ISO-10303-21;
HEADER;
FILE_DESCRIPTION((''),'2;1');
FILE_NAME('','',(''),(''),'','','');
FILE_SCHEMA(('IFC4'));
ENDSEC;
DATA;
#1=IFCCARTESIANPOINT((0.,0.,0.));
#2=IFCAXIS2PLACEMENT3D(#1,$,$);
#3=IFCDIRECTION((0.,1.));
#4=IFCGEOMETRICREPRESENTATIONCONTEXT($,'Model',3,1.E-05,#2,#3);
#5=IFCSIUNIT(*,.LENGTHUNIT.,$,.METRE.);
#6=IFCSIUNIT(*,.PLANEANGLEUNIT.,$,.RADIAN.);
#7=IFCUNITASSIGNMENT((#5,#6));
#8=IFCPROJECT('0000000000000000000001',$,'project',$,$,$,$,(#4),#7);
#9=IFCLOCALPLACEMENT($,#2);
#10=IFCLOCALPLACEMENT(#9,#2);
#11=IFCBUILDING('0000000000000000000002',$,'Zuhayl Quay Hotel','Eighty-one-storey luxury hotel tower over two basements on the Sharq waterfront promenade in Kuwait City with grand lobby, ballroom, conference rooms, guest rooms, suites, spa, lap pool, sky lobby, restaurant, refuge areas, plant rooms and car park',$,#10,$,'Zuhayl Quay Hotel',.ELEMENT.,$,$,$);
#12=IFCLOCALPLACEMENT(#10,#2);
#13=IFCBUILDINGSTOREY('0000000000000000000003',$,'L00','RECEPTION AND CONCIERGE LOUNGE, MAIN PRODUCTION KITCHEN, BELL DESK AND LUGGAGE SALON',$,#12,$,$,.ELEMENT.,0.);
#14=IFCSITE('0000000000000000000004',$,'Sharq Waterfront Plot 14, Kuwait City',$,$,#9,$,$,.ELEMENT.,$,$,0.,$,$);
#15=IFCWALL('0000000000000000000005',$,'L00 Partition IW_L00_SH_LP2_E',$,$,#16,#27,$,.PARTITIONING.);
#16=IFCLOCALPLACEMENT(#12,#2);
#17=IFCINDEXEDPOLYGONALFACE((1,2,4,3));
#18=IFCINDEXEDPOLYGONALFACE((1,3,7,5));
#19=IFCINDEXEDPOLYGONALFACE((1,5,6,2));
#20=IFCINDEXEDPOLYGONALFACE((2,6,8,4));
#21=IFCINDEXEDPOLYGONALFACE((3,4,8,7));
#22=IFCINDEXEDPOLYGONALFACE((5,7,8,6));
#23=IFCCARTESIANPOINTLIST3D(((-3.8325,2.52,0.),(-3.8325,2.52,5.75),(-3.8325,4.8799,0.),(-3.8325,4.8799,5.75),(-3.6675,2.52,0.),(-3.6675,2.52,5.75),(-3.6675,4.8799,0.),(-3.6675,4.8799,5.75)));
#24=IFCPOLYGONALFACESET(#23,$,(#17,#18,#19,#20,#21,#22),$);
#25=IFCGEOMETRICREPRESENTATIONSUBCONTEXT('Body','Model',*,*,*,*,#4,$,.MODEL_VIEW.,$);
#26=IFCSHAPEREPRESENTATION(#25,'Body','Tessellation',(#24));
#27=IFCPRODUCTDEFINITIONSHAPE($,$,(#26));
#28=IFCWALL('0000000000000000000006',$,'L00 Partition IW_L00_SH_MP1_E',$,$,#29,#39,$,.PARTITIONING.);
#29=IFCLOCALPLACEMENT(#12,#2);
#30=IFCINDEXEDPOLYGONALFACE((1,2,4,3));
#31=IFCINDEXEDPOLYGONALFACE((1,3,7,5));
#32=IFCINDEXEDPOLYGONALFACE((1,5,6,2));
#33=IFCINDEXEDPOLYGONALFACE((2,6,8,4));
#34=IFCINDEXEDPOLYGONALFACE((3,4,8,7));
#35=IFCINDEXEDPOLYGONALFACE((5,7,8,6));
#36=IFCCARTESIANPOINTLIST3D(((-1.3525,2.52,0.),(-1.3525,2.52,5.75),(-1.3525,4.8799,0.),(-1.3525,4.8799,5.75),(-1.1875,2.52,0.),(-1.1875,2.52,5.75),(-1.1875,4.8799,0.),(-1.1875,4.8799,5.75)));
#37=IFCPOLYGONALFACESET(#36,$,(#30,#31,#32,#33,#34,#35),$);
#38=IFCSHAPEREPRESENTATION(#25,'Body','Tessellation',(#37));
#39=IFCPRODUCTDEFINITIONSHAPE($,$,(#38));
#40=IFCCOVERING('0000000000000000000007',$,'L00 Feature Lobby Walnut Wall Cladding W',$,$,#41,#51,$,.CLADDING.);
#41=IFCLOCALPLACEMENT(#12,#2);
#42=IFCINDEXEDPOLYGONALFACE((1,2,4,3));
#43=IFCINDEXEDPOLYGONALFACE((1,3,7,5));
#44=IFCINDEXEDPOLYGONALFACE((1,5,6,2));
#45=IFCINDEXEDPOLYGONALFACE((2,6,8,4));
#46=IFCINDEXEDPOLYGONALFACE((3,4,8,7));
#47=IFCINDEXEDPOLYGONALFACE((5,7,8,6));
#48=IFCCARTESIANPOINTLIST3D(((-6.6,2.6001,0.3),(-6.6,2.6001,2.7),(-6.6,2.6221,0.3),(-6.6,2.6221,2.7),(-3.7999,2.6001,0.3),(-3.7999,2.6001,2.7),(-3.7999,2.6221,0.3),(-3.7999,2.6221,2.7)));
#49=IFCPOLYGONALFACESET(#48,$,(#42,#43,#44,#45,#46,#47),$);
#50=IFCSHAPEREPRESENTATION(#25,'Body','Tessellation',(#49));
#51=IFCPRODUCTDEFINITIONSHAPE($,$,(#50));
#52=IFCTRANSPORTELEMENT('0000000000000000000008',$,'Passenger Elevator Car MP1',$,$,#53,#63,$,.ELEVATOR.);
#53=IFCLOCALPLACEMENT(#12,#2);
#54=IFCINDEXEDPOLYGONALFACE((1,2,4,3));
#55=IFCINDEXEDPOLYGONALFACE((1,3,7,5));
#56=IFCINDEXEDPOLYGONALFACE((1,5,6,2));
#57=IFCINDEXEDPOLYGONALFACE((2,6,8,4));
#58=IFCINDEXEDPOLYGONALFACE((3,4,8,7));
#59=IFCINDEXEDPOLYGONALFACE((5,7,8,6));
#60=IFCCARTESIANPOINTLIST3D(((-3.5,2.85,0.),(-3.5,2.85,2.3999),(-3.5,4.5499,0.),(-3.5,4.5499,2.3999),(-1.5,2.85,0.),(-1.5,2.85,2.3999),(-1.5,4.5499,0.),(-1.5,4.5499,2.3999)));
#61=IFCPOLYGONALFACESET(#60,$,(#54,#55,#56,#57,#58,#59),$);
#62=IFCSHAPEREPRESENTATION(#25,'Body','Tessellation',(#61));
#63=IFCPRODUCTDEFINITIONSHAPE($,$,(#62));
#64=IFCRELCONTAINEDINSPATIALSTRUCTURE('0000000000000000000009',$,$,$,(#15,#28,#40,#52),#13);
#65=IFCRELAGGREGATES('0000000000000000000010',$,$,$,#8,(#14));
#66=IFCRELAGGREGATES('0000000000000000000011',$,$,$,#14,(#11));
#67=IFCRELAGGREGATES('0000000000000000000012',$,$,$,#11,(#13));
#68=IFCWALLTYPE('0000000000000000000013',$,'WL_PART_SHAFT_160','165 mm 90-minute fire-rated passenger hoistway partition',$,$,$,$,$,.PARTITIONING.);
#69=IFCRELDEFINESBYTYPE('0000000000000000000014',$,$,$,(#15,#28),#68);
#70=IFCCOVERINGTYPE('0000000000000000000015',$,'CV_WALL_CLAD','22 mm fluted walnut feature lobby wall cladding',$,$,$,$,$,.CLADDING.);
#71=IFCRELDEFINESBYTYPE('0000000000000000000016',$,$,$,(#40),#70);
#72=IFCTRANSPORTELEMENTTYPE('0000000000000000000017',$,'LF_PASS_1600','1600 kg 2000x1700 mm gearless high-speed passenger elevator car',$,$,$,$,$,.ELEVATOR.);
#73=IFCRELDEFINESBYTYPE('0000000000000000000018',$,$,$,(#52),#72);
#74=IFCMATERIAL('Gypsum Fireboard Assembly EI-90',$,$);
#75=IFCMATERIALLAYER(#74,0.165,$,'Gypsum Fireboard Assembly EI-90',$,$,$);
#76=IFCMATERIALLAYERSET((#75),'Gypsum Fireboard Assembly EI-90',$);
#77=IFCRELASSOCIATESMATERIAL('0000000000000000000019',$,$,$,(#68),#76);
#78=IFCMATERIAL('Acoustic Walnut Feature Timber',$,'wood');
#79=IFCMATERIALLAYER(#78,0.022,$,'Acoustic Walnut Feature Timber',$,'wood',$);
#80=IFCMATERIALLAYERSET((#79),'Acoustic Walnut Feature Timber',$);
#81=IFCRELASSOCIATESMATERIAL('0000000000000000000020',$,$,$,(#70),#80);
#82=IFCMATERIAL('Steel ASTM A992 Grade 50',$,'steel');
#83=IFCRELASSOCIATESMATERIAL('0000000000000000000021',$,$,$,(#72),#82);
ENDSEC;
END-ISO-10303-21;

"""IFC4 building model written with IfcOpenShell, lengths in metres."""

from ifc_helpers import new_model, si_unit, direction, frame, frame_2d, origin, origin_2d, place, context, subcontext, project, spatial, rectangle, extrude, material, layer, layer_set, type_object, element, save


model = new_model("IFC4")

# Units and contexts
model_context = context("Model", 3, precision=1e-05, world=origin(), true_north=direction((0.0, 1.0)))
body_context = subcontext(model_context, "Body", "Model", "MODEL_VIEW")
ifc_project = project(units=[si_unit("LENGTHUNIT", "METRE"), si_unit("PLANEANGLEUNIT", "RADIAN")], contexts=[model_context])

# Site, building, storey
site_placement = place(None, origin())
site = spatial("IfcSite", under=ifc_project, at=site_placement, Name="Sharq Waterfront Plot 14, Kuwait City", CompositionType="ELEMENT", RefElevation=0.0)
building_placement = place(site_placement, origin())
building = spatial("IfcBuilding", under=site, at=building_placement, Name="Zuhayl Quay Hotel", Description="Eighty-one-storey luxury hotel tower over two basements on the Sharq waterfront promenade in Kuwait City with grand lobby, ballroom, conference rooms, guest rooms, suites, spa, lap pool, sky lobby, restaurant, refuge areas, plant rooms and car park", LongName="Zuhayl Quay Hotel", CompositionType="ELEMENT")
storey_placement = place(building_placement, origin())
storey = spatial("IfcBuildingStorey", under=building, at=storey_placement, Name="L00", Description="RECEPTION AND CONCIERGE LOUNGE, MAIN PRODUCTION KITCHEN, BELL DESK AND LUGGAGE SALON", CompositionType="ELEMENT", Elevation=0.0)

# Shared definitions
ifc_material_1 = material(Name="Gypsum Fireboard Assembly EI-90")
ifc_layer_1 = layer(ifc_material_1, 0.165, Name="Gypsum Fireboard Assembly EI-90")
ifc_layer_set_1 = layer_set([ifc_layer_1], Name="Gypsum Fireboard Assembly EI-90")
wall_type_1 = type_object("IfcWallType", Name="WL_PART_SHAFT_160", Description="165 mm 90-minute fire-rated passenger hoistway partition", PredefinedType="PARTITIONING", material=ifc_layer_set_1)

# Walls
for number, where, z_axis, x_axis, name in (
    (1, (-3.75, 2.52, 0.0), (0.0, 0.0, 1.0), (0.0, 1.0, 0.0), "L00 Partition IW_L00_SH_LP2_E"),
    (2, (-1.27, 2.52, 0.0), (0.0, 0.0, 1.0), (0.0, 1.0, 0.0), "L00 Partition IW_L00_SH_MP1_E"),
):
    element("IfcWall", number, at=place(storey_placement, frame(where, z_axis=z_axis, x_axis=x_axis)), inside=storey, type_object=wall_type_1, Name=name, PredefinedType="PARTITIONING", context=body_context, shape_type="SweptSolid", body=[
        extrude(rectangle(XDim=2.3599, YDim=0.165, at=frame_2d((1.1799, 0.0))), origin(), (0.0, 0.0, 1.0), 5.75),
    ])

# Covering
ifc_material_2 = material(Name="Acoustic Walnut Feature Timber", Category="wood")
ifc_layer_2 = layer(ifc_material_2, 0.022, Name="Acoustic Walnut Feature Timber", Category="wood")
ifc_layer_set_2 = layer_set([ifc_layer_2], Name="Acoustic Walnut Feature Timber")
covering_type = type_object("IfcCoveringType", Name="CV_WALL_CLAD", Description="22 mm fluted walnut feature lobby wall cladding", PredefinedType="CLADDING", material=ifc_layer_set_2)
covering_placement = place(storey_placement, frame((-5.2, 2.6111, 0.3), z_axis=(0.0, 0.0, 1.0), x_axis=(1.0, 0.0, 0.0)))
element("IfcCovering", 3, at=covering_placement, inside=storey, type_object=covering_type, Name="L00 Feature Lobby Walnut Wall Cladding W", PredefinedType="CLADDING", context=body_context, shape_type="SweptSolid", body=[
    extrude(rectangle(XDim=2.8, YDim=0.022, at=origin_2d()), origin(), (0.0, 0.0, 1.0), 2.3999),
])

# Transport element
ifc_material_3 = material(Name="Steel ASTM A992 Grade 50", Category="steel")
transport_element_type = type_object("IfcTransportElementType", Name="LF_PASS_1600", Description="1600 kg 2000x1700 mm gearless high-speed passenger elevator car", PredefinedType="ELEVATOR", material=ifc_material_3)
transport_element_placement = place(storey_placement, frame((-2.5, 3.7, 0.0), z_axis=(0.0, 0.0, 1.0), x_axis=(1.0, 0.0, 0.0)))
element("IfcTransportElement", 4, at=transport_element_placement, inside=storey, type_object=transport_element_type, Name="Passenger Elevator Car MP1", PredefinedType="ELEVATOR", context=body_context, shape_type="SweptSolid", body=[
    extrude(rectangle(XDim=2.0, YDim=1.7, at=origin_2d()), origin(), (0.0, 0.0, 1.0), 2.3999),
])

save(model, "model.ifc")
